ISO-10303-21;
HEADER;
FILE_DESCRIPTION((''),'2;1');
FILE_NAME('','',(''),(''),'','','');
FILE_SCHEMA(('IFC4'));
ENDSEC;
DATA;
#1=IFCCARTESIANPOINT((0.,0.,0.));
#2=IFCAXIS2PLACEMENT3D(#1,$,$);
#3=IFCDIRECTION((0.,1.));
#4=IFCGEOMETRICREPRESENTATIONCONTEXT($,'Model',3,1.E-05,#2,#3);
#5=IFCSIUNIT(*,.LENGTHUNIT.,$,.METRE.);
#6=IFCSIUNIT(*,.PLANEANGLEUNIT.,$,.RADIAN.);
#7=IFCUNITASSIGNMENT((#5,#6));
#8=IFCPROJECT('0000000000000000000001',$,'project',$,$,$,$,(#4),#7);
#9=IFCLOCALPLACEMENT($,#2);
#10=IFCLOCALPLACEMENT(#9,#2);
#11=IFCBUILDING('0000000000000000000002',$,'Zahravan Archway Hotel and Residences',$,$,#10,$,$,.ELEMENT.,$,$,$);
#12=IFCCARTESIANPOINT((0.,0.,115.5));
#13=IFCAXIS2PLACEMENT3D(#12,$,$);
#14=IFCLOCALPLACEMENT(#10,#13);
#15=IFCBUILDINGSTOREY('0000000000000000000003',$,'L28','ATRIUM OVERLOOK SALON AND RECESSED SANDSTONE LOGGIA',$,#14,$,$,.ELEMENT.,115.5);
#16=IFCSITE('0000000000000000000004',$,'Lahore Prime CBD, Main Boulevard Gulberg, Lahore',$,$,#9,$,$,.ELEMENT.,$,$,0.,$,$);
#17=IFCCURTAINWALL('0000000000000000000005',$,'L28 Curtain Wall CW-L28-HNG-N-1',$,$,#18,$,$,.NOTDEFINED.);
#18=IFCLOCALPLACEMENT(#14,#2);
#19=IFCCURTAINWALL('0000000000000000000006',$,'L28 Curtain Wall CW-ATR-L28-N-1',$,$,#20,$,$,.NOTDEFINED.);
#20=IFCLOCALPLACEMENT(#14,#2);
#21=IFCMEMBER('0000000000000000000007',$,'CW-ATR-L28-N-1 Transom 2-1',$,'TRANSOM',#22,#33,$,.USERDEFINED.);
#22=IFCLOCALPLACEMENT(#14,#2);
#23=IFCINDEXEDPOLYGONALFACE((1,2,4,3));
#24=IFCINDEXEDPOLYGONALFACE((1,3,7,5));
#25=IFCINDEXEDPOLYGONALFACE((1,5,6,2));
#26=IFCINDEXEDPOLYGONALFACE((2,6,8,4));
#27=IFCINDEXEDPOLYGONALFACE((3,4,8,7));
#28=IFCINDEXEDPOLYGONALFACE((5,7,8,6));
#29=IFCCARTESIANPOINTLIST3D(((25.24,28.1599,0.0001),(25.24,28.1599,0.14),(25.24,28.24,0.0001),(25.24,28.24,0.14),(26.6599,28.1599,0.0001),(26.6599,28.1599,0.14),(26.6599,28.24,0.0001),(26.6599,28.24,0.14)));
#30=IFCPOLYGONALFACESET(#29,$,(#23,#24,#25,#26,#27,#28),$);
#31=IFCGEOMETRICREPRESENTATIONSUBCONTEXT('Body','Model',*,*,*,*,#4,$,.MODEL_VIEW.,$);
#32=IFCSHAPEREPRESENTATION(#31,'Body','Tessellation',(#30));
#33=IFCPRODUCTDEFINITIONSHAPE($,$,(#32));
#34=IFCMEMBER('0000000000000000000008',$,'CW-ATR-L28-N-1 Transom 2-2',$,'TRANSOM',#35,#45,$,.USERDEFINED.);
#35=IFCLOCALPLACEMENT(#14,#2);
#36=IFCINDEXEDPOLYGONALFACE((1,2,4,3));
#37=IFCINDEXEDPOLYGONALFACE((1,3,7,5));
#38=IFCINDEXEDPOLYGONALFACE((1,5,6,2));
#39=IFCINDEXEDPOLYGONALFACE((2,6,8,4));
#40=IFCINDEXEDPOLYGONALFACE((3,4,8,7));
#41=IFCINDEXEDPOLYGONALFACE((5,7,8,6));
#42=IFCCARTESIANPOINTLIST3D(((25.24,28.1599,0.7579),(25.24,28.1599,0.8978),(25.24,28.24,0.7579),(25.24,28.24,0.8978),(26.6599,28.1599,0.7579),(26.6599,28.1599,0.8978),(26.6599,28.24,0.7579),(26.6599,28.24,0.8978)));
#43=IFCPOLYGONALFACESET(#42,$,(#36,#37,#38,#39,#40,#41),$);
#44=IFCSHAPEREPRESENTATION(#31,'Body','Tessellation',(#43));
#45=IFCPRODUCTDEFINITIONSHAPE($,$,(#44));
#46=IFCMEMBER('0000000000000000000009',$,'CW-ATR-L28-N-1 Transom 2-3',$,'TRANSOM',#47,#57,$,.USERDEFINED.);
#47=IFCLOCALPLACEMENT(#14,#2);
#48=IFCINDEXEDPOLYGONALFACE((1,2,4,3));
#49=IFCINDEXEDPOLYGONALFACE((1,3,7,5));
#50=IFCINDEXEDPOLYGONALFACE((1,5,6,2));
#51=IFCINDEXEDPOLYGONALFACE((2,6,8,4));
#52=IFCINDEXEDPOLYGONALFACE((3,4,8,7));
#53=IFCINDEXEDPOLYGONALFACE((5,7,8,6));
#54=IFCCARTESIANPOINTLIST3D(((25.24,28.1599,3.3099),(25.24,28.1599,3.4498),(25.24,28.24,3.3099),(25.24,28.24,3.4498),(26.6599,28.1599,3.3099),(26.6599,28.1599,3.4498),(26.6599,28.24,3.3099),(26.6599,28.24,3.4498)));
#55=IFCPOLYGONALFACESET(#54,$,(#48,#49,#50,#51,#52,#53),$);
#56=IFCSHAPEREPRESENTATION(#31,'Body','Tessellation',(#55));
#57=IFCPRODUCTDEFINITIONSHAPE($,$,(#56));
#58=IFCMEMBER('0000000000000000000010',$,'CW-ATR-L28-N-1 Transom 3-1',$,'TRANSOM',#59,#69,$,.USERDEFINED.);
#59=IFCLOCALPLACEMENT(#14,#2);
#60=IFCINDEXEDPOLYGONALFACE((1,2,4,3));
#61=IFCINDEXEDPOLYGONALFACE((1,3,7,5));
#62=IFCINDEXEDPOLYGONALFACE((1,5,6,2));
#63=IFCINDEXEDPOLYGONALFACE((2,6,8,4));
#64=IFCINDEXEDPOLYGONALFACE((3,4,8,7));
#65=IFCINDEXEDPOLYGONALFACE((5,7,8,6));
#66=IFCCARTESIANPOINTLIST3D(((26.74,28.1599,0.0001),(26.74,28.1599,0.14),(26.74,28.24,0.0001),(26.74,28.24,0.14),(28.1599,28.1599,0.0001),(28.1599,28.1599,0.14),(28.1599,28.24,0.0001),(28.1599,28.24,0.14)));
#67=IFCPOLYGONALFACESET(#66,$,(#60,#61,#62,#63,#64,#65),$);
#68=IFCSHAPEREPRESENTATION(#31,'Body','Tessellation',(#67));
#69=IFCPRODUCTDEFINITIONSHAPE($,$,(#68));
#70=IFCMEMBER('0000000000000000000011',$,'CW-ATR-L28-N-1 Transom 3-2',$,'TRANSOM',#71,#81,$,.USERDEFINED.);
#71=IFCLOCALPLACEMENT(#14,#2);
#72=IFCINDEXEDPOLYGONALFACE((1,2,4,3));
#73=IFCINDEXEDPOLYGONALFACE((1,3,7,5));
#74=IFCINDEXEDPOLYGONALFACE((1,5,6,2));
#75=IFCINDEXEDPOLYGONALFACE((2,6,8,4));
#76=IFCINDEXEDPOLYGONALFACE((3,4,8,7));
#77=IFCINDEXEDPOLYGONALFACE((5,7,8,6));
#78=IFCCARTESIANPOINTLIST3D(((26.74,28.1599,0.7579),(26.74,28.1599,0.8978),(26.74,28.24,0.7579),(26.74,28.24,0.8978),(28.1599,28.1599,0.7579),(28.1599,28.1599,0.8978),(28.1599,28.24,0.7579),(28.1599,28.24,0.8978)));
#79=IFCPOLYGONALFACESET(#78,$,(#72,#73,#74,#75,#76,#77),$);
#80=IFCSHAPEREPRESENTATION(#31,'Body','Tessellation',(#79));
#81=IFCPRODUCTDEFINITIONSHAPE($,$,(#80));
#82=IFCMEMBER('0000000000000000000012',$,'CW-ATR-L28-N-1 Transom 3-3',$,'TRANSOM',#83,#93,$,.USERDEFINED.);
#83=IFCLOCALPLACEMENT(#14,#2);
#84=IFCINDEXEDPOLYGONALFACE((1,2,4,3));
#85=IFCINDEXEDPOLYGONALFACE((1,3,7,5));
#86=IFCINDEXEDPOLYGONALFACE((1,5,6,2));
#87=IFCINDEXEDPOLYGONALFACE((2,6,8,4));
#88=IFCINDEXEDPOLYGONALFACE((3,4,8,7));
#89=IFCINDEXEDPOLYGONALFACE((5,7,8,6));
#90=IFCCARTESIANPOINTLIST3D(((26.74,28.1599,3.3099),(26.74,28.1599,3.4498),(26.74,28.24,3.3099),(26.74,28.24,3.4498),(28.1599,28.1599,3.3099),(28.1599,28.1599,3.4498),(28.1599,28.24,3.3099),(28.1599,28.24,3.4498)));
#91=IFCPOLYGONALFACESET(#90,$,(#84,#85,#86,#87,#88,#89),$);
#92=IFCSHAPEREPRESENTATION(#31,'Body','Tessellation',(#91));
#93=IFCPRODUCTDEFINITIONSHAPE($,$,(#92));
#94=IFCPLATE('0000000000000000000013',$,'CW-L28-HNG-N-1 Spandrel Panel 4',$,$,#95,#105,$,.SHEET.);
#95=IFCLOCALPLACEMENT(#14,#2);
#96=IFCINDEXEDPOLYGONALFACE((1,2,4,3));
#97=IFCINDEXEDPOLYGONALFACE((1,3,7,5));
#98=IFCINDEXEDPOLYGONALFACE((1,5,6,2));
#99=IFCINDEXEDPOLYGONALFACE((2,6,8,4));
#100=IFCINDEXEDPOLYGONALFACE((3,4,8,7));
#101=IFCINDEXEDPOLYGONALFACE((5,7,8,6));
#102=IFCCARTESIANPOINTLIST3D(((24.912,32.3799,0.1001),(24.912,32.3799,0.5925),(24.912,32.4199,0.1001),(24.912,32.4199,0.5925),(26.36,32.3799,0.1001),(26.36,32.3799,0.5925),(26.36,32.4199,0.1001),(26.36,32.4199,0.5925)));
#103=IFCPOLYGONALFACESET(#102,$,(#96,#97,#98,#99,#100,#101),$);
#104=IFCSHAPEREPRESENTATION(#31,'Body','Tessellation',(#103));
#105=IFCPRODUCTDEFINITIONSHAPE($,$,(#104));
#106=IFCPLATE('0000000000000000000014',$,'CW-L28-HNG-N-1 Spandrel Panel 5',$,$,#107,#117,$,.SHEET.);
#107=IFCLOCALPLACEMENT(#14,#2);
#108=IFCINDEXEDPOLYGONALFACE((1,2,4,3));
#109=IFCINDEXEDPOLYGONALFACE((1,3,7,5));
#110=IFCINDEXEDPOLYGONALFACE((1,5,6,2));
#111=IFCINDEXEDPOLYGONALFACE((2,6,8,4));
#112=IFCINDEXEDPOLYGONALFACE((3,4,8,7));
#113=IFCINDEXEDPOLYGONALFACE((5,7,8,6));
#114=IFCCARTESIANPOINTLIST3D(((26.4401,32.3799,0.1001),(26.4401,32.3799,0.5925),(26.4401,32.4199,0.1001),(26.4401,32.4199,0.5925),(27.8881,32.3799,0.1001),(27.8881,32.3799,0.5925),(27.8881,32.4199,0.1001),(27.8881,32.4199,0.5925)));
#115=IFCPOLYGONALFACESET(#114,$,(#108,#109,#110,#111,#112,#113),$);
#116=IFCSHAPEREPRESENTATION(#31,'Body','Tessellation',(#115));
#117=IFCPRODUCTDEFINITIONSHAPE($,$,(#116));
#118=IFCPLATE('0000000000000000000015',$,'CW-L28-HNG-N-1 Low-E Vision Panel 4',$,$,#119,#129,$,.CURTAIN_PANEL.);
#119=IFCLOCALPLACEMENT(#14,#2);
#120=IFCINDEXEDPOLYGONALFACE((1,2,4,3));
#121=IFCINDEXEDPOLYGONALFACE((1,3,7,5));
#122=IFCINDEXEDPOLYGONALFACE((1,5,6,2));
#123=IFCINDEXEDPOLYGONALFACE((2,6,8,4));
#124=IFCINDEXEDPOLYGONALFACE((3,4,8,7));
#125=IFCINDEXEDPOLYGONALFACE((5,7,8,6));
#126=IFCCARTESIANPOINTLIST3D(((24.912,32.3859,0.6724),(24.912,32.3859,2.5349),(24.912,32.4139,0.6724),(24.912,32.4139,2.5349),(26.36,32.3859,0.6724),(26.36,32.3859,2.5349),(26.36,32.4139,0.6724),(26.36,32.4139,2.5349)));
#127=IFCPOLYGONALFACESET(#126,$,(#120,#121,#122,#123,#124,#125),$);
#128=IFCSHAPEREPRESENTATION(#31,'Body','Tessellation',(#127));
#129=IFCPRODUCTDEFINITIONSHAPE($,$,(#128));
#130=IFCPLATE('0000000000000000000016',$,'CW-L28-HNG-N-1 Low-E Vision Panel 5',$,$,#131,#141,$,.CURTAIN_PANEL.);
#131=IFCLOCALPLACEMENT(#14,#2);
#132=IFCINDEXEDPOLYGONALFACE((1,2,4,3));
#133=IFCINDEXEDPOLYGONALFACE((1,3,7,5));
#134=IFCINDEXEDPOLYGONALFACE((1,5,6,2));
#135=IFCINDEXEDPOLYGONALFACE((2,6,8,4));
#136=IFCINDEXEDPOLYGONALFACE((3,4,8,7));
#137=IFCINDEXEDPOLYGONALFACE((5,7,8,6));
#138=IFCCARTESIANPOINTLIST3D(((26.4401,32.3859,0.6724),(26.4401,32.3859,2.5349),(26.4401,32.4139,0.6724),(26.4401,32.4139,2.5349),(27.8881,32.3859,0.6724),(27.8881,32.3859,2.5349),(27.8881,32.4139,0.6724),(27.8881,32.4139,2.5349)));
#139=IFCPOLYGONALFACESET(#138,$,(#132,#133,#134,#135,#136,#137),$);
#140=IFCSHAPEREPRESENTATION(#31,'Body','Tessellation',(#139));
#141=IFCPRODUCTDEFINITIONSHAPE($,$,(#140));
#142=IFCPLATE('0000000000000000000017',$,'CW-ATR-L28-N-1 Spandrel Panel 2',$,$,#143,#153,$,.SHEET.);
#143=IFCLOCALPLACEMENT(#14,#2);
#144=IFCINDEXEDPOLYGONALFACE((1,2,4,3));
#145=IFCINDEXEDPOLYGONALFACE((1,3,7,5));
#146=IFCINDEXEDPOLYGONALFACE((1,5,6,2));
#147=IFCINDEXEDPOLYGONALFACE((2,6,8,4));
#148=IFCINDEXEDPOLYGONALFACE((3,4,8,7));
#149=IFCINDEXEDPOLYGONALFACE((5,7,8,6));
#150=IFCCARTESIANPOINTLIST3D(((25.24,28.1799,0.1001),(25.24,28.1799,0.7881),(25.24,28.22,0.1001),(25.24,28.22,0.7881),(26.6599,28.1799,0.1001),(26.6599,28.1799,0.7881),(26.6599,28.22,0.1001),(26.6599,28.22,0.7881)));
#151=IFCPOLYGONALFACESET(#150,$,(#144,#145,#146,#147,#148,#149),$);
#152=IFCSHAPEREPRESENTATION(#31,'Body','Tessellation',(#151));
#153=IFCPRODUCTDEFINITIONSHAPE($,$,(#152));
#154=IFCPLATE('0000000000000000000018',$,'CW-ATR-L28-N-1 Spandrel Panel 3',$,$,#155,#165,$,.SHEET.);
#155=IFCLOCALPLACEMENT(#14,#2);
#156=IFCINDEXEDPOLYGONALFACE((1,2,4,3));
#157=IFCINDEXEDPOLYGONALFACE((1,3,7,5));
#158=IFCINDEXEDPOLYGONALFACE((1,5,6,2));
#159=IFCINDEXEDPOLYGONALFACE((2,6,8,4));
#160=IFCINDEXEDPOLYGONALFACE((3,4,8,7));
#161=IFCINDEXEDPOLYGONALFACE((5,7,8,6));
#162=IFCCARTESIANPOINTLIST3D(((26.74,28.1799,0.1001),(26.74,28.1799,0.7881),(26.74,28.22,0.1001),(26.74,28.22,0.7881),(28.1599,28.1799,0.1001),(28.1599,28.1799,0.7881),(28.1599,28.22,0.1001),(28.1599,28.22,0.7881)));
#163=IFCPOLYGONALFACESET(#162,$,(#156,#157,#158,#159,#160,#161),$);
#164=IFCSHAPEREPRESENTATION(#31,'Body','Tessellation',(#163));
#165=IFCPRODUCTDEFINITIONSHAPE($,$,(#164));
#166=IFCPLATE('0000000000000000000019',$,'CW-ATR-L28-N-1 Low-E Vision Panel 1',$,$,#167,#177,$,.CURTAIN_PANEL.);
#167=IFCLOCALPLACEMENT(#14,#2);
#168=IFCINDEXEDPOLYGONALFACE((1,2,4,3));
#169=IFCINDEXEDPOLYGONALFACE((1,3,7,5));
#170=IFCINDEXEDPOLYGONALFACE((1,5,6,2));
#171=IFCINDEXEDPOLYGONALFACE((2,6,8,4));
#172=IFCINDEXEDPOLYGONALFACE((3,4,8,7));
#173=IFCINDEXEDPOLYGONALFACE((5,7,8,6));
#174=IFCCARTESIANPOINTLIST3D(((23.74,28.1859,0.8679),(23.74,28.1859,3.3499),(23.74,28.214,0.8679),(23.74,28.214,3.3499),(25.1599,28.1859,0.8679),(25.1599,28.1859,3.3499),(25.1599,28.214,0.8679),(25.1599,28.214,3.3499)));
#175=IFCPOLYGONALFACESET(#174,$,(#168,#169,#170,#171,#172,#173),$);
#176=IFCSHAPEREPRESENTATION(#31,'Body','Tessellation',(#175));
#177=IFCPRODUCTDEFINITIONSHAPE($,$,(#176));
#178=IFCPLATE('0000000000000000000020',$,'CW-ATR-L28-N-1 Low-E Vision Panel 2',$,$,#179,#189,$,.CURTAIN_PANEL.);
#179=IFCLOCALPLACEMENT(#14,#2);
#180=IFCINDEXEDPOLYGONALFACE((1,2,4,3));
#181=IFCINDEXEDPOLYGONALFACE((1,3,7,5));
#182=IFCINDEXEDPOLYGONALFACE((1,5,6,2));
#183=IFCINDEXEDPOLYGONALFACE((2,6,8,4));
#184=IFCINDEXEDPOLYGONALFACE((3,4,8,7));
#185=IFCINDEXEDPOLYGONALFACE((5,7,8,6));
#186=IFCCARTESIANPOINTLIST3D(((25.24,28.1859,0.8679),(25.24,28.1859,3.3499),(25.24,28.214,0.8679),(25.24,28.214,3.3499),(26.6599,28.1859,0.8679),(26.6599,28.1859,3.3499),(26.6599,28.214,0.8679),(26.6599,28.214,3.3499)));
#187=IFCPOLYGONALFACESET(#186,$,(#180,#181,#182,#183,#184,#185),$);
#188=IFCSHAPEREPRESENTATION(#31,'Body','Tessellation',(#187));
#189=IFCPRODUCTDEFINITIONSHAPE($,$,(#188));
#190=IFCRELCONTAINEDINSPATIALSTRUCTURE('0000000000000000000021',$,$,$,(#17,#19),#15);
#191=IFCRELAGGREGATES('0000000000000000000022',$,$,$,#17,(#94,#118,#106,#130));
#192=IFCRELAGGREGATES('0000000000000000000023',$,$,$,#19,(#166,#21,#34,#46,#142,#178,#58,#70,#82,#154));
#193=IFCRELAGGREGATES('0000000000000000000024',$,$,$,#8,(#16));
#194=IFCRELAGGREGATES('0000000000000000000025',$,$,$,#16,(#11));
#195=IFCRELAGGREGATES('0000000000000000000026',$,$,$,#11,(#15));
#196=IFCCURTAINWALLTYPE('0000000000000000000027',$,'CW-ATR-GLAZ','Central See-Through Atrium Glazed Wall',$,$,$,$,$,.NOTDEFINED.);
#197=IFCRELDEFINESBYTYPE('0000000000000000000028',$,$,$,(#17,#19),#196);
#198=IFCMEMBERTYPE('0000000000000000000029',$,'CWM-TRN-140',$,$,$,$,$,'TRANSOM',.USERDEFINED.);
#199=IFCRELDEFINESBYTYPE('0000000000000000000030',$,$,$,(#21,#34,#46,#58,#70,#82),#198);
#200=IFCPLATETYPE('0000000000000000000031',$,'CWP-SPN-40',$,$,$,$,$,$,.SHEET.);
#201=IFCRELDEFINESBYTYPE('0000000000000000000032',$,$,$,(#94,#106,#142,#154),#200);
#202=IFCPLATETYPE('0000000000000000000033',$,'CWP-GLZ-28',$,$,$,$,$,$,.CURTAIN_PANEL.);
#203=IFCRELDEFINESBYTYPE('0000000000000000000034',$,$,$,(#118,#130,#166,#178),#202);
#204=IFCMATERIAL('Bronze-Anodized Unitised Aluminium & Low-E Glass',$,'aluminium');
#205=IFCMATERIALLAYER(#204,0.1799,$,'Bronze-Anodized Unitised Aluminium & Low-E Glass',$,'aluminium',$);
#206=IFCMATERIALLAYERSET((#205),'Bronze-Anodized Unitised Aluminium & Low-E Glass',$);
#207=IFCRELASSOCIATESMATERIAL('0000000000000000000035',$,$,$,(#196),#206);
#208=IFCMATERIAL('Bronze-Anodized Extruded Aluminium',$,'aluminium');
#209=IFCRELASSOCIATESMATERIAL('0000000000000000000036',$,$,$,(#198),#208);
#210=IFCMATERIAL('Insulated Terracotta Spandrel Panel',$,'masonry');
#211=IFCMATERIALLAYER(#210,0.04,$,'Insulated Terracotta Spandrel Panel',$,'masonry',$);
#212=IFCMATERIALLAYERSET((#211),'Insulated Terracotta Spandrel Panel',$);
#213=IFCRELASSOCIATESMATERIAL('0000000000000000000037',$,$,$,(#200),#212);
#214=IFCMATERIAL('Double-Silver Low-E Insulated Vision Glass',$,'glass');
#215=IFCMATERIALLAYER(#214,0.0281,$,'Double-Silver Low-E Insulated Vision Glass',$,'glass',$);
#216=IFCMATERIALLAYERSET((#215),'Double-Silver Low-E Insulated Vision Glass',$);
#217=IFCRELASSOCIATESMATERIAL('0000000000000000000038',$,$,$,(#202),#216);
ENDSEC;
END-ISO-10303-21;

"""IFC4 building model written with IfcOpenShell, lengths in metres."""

from ifc_helpers import new_model, si_unit, direction, frame, origin, origin_2d, place, context, subcontext, project, spatial, rectangle, extrude, source, transform, mapped, material, layer, layer_set, material_profile, profile_set, type_object, element, aggregate, save


model = new_model("IFC4")

# Units and contexts
model_context = context("Model", 3, precision=1e-05, world=origin(), true_north=direction((0.0, 1.0)))
body_context = subcontext(model_context, "Body", "Model", "MODEL_VIEW")
ifc_project = project(units=[si_unit("LENGTHUNIT", "METRE"), si_unit("PLANEANGLEUNIT", "RADIAN")], contexts=[model_context])

# Site, building, storey
site_placement = place(None, origin())
site = spatial("IfcSite", under=ifc_project, at=site_placement, Name="Lahore Prime CBD, Main Boulevard Gulberg, Lahore", CompositionType="ELEMENT", RefElevation=0.0)
building_placement = place(site_placement, origin())
building = spatial("IfcBuilding", under=site, at=building_placement, Name="Zahravan Archway Hotel and Residences", CompositionType="ELEMENT")
storey_placement = place(building_placement, frame((0.0, 0.0, 115.5)))
storey = spatial("IfcBuildingStorey", under=building, at=storey_placement, Name="L28", Description="ATRIUM OVERLOOK SALON AND RECESSED SANDSTONE LOGGIA", CompositionType="ELEMENT", Elevation=115.5)

# Curtain walls, members
ifc_material_1 = material(Name="Bronze-Anodized Unitised Aluminium & Low-E Glass", Category="aluminium")
ifc_layer_1 = layer(ifc_material_1, 0.1799, Name="Bronze-Anodized Unitised Aluminium & Low-E Glass", Category="aluminium")
ifc_layer_set_1 = layer_set([ifc_layer_1], Name="Bronze-Anodized Unitised Aluminium & Low-E Glass")
curtain_wall_type = type_object("IfcCurtainWallType", Name="CW-ATR-GLAZ", Description="Central See-Through Atrium Glazed Wall", PredefinedType="NOTDEFINED", material=ifc_layer_set_1)
curtain_wall_1_placement = place(storey_placement, origin())
curtain_wall_1 = element("IfcCurtainWall", 1, at=curtain_wall_1_placement, inside=storey, type_object=curtain_wall_type, Name="L28 Curtain Wall CW-L28-HNG-N-1", PredefinedType="NOTDEFINED")
ifc_material_2 = material(Name="Bronze-Anodized Extruded Aluminium", Category="aluminium")
ifc_material_profile_1 = material_profile(ifc_material_2, rectangle(XDim=0.0801, YDim=0.1399, at=origin_2d()), Name="TRN 80x140", Category="aluminium")
ifc_profile_set_1 = profile_set([ifc_material_profile_1], Name="Bronze-Anodized Extruded Aluminium")
member_type_1 = type_object("IfcMemberType", Name="CWM-TRN-140", ElementType="TRANSOM", PredefinedType="USERDEFINED", material=ifc_profile_set_1)
curtain_wall_2_placement = place(storey_placement, origin())
curtain_wall_2 = element("IfcCurtainWall", 2, at=curtain_wall_2_placement, inside=storey, type_object=curtain_wall_type, Name="L28 Curtain Wall CW-ATR-L28-N-1", PredefinedType="NOTDEFINED")
shared_shape_1 = source(origin(), body_context, "Body", "SweptSolid", [
    extrude(rectangle(XDim=0.0801, YDim=0.1399, at=origin_2d()), origin(), (0.0, 0.0, 1.0), 1.4199),
])
member_1_placement = place(storey_placement, frame((25.24, 28.2, 0.0701), z_axis=(1.0, 0.0, 0.0), x_axis=(0.0, 1.0, 0.0)))
member_1 = element("IfcMember", 3, at=member_1_placement, type_object=member_type_1, Name="CW-ATR-L28-N-1 Transom 2-1", ObjectType="TRANSOM", PredefinedType="USERDEFINED", context=body_context, shape_type="MappedRepresentation", body=[
    mapped(shared_shape_1, transform((0.0, 0.0, 0.0), scale=1.0)),
])
member_2_placement = place(storey_placement, frame((25.24, 28.2, 0.8279), z_axis=(1.0, 0.0, 0.0), x_axis=(0.0, 1.0, 0.0)))
member_2 = element("IfcMember", 4, at=member_2_placement, type_object=member_type_1, Name="CW-ATR-L28-N-1 Transom 2-2", ObjectType="TRANSOM", PredefinedType="USERDEFINED", context=body_context, shape_type="MappedRepresentation", body=[
    mapped(shared_shape_1, transform((0.0, 0.0, 0.0), scale=1.0)),
])
member_3_placement = place(storey_placement, frame((25.24, 28.2, 3.3799), z_axis=(1.0, 0.0, 0.0), x_axis=(0.0, 1.0, 0.0)))
member_3 = element("IfcMember", 5, at=member_3_placement, type_object=member_type_1, Name="CW-ATR-L28-N-1 Transom 2-3", ObjectType="TRANSOM", PredefinedType="USERDEFINED", context=body_context, shape_type="MappedRepresentation", body=[
    mapped(shared_shape_1, transform((0.0, 0.0, 0.0), scale=1.0)),
])
member_4_placement = place(storey_placement, frame((26.74, 28.2, 0.0701), z_axis=(1.0, 0.0, 0.0), x_axis=(0.0, 1.0, 0.0)))
member_4 = element("IfcMember", 6, at=member_4_placement, type_object=member_type_1, Name="CW-ATR-L28-N-1 Transom 3-1", ObjectType="TRANSOM", PredefinedType="USERDEFINED", context=body_context, shape_type="MappedRepresentation", body=[
    mapped(shared_shape_1, transform((0.0, 0.0, 0.0), scale=1.0)),
])
member_5_placement = place(storey_placement, frame((26.74, 28.2, 0.8279), z_axis=(1.0, 0.0, 0.0), x_axis=(0.0, 1.0, 0.0)))
member_5 = element("IfcMember", 7, at=member_5_placement, type_object=member_type_1, Name="CW-ATR-L28-N-1 Transom 3-2", ObjectType="TRANSOM", PredefinedType="USERDEFINED", context=body_context, shape_type="MappedRepresentation", body=[
    mapped(shared_shape_1, transform((0.0, 0.0, 0.0), scale=1.0)),
])
member_6_placement = place(storey_placement, frame((26.74, 28.2, 3.3799), z_axis=(1.0, 0.0, 0.0), x_axis=(0.0, 1.0, 0.0)))
member_6 = element("IfcMember", 8, at=member_6_placement, type_object=member_type_1, Name="CW-ATR-L28-N-1 Transom 3-3", ObjectType="TRANSOM", PredefinedType="USERDEFINED", context=body_context, shape_type="MappedRepresentation", body=[
    mapped(shared_shape_1, transform((0.0, 0.0, 0.0), scale=1.0)),
])

# Plates
ifc_material_3 = material(Name="Insulated Terracotta Spandrel Panel", Category="masonry")
ifc_layer_2 = layer(ifc_material_3, 0.04, Name="Insulated Terracotta Spandrel Panel", Category="masonry")
ifc_layer_set_2 = layer_set([ifc_layer_2], Name="Insulated Terracotta Spandrel Panel")
plate_type_1 = type_object("IfcPlateType", Name="CWP-SPN-40", PredefinedType="SHEET", material=ifc_layer_set_2)
shared_shape_2 = source(origin(), body_context, "Body", "SweptSolid", [
    extrude(rectangle(XDim=1.448, YDim=0.04, at=origin_2d()), origin(), (0.0, 0.0, 1.0), 0.4924),
])
plate_1_placement = place(storey_placement, frame((25.636, 32.3999, 0.1001), z_axis=(0.0, 0.0, 1.0), x_axis=(1.0, 0.0, 0.0)))
plate_1 = element("IfcPlate", 9, at=plate_1_placement, type_object=plate_type_1, Name="CW-L28-HNG-N-1 Spandrel Panel 4", PredefinedType="SHEET", context=body_context, shape_type="MappedRepresentation", body=[
    mapped(shared_shape_2, transform((0.0, 0.0, 0.0), scale=1.0)),
])
plate_2_placement = place(storey_placement, frame((27.1641, 32.3999, 0.1001), z_axis=(0.0, 0.0, 1.0), x_axis=(1.0, 0.0, 0.0)))
plate_2 = element("IfcPlate", 10, at=plate_2_placement, type_object=plate_type_1, Name="CW-L28-HNG-N-1 Spandrel Panel 5", PredefinedType="SHEET", context=body_context, shape_type="MappedRepresentation", body=[
    mapped(shared_shape_2, transform((0.0, 0.0, 0.0), scale=1.0)),
])
ifc_material_4 = material(Name="Double-Silver Low-E Insulated Vision Glass", Category="glass")
ifc_layer_3 = layer(ifc_material_4, 0.0281, Name="Double-Silver Low-E Insulated Vision Glass", Category="glass")
ifc_layer_set_3 = layer_set([ifc_layer_3], Name="Double-Silver Low-E Insulated Vision Glass")
plate_type_2 = type_object("IfcPlateType", Name="CWP-GLZ-28", PredefinedType="CURTAIN_PANEL", material=ifc_layer_set_3)
shared_shape_3 = source(origin(), body_context, "Body", "SweptSolid", [
    extrude(rectangle(XDim=1.448, YDim=0.0281, at=origin_2d()), origin(), (0.0, 0.0, 1.0), 1.8625),
])
plate_3_placement = place(storey_placement, frame((25.636, 32.3999, 0.6724), z_axis=(0.0, 0.0, 1.0), x_axis=(1.0, 0.0, 0.0)))
plate_3 = element("IfcPlate", 11, at=plate_3_placement, type_object=plate_type_2, Name="CW-L28-HNG-N-1 Low-E Vision Panel 4", PredefinedType="CURTAIN_PANEL", context=body_context, shape_type="MappedRepresentation", body=[
    mapped(shared_shape_3, transform((0.0, 0.0, 0.0), scale=1.0)),
])
plate_4_placement = place(storey_placement, frame((27.1641, 32.3999, 0.6724), z_axis=(0.0, 0.0, 1.0), x_axis=(1.0, 0.0, 0.0)))
plate_4 = element("IfcPlate", 12, at=plate_4_placement, type_object=plate_type_2, Name="CW-L28-HNG-N-1 Low-E Vision Panel 5", PredefinedType="CURTAIN_PANEL", context=body_context, shape_type="MappedRepresentation", body=[
    mapped(shared_shape_3, transform((0.0, 0.0, 0.0), scale=1.0)),
])
aggregate(curtain_wall_1, [plate_1, plate_3, plate_2, plate_4])
shared_shape_4 = source(origin(), body_context, "Body", "SweptSolid", [
    extrude(rectangle(XDim=1.4199, YDim=0.04, at=origin_2d()), origin(), (0.0, 0.0, 1.0), 0.688),
])
plate_5_placement = place(storey_placement, frame((25.95, 28.2, 0.1001), z_axis=(0.0, 0.0, 1.0), x_axis=(1.0, 0.0, 0.0)))
plate_5 = element("IfcPlate", 13, at=plate_5_placement, type_object=plate_type_1, Name="CW-ATR-L28-N-1 Spandrel Panel 2", PredefinedType="SHEET", context=body_context, shape_type="MappedRepresentation", body=[
    mapped(shared_shape_4, transform((0.0, 0.0, 0.0), scale=1.0)),
])
plate_6_placement = place(storey_placement, frame((27.45, 28.2, 0.1001), z_axis=(0.0, 0.0, 1.0), x_axis=(1.0, 0.0, 0.0)))
plate_6 = element("IfcPlate", 14, at=plate_6_placement, type_object=plate_type_1, Name="CW-ATR-L28-N-1 Spandrel Panel 3", PredefinedType="SHEET", context=body_context, shape_type="MappedRepresentation", body=[
    mapped(shared_shape_4, transform((0.0, 0.0, 0.0), scale=1.0)),
])
shared_shape_5 = source(origin(), body_context, "Body", "SweptSolid", [
    extrude(rectangle(XDim=1.4199, YDim=0.0281, at=origin_2d()), origin(), (0.0, 0.0, 1.0), 2.4819),
])
plate_7_placement = place(storey_placement, frame((24.45, 28.2, 0.8679), z_axis=(0.0, 0.0, 1.0), x_axis=(1.0, 0.0, 0.0)))
plate_7 = element("IfcPlate", 15, at=plate_7_placement, type_object=plate_type_2, Name="CW-ATR-L28-N-1 Low-E Vision Panel 1", PredefinedType="CURTAIN_PANEL", context=body_context, shape_type="MappedRepresentation", body=[
    mapped(shared_shape_5, transform((0.0, 0.0, 0.0), scale=1.0)),
])
plate_8_placement = place(storey_placement, frame((25.95, 28.2, 0.8679), z_axis=(0.0, 0.0, 1.0), x_axis=(1.0, 0.0, 0.0)))
plate_8 = element("IfcPlate", 16, at=plate_8_placement, type_object=plate_type_2, Name="CW-ATR-L28-N-1 Low-E Vision Panel 2", PredefinedType="CURTAIN_PANEL", context=body_context, shape_type="MappedRepresentation", body=[
    mapped(shared_shape_5, transform((0.0, 0.0, 0.0), scale=1.0)),
])
aggregate(curtain_wall_2, [plate_7, member_1, member_2, member_3, plate_5, plate_8, member_4, member_5, member_6, plate_6])

save(model, "model.ifc")
